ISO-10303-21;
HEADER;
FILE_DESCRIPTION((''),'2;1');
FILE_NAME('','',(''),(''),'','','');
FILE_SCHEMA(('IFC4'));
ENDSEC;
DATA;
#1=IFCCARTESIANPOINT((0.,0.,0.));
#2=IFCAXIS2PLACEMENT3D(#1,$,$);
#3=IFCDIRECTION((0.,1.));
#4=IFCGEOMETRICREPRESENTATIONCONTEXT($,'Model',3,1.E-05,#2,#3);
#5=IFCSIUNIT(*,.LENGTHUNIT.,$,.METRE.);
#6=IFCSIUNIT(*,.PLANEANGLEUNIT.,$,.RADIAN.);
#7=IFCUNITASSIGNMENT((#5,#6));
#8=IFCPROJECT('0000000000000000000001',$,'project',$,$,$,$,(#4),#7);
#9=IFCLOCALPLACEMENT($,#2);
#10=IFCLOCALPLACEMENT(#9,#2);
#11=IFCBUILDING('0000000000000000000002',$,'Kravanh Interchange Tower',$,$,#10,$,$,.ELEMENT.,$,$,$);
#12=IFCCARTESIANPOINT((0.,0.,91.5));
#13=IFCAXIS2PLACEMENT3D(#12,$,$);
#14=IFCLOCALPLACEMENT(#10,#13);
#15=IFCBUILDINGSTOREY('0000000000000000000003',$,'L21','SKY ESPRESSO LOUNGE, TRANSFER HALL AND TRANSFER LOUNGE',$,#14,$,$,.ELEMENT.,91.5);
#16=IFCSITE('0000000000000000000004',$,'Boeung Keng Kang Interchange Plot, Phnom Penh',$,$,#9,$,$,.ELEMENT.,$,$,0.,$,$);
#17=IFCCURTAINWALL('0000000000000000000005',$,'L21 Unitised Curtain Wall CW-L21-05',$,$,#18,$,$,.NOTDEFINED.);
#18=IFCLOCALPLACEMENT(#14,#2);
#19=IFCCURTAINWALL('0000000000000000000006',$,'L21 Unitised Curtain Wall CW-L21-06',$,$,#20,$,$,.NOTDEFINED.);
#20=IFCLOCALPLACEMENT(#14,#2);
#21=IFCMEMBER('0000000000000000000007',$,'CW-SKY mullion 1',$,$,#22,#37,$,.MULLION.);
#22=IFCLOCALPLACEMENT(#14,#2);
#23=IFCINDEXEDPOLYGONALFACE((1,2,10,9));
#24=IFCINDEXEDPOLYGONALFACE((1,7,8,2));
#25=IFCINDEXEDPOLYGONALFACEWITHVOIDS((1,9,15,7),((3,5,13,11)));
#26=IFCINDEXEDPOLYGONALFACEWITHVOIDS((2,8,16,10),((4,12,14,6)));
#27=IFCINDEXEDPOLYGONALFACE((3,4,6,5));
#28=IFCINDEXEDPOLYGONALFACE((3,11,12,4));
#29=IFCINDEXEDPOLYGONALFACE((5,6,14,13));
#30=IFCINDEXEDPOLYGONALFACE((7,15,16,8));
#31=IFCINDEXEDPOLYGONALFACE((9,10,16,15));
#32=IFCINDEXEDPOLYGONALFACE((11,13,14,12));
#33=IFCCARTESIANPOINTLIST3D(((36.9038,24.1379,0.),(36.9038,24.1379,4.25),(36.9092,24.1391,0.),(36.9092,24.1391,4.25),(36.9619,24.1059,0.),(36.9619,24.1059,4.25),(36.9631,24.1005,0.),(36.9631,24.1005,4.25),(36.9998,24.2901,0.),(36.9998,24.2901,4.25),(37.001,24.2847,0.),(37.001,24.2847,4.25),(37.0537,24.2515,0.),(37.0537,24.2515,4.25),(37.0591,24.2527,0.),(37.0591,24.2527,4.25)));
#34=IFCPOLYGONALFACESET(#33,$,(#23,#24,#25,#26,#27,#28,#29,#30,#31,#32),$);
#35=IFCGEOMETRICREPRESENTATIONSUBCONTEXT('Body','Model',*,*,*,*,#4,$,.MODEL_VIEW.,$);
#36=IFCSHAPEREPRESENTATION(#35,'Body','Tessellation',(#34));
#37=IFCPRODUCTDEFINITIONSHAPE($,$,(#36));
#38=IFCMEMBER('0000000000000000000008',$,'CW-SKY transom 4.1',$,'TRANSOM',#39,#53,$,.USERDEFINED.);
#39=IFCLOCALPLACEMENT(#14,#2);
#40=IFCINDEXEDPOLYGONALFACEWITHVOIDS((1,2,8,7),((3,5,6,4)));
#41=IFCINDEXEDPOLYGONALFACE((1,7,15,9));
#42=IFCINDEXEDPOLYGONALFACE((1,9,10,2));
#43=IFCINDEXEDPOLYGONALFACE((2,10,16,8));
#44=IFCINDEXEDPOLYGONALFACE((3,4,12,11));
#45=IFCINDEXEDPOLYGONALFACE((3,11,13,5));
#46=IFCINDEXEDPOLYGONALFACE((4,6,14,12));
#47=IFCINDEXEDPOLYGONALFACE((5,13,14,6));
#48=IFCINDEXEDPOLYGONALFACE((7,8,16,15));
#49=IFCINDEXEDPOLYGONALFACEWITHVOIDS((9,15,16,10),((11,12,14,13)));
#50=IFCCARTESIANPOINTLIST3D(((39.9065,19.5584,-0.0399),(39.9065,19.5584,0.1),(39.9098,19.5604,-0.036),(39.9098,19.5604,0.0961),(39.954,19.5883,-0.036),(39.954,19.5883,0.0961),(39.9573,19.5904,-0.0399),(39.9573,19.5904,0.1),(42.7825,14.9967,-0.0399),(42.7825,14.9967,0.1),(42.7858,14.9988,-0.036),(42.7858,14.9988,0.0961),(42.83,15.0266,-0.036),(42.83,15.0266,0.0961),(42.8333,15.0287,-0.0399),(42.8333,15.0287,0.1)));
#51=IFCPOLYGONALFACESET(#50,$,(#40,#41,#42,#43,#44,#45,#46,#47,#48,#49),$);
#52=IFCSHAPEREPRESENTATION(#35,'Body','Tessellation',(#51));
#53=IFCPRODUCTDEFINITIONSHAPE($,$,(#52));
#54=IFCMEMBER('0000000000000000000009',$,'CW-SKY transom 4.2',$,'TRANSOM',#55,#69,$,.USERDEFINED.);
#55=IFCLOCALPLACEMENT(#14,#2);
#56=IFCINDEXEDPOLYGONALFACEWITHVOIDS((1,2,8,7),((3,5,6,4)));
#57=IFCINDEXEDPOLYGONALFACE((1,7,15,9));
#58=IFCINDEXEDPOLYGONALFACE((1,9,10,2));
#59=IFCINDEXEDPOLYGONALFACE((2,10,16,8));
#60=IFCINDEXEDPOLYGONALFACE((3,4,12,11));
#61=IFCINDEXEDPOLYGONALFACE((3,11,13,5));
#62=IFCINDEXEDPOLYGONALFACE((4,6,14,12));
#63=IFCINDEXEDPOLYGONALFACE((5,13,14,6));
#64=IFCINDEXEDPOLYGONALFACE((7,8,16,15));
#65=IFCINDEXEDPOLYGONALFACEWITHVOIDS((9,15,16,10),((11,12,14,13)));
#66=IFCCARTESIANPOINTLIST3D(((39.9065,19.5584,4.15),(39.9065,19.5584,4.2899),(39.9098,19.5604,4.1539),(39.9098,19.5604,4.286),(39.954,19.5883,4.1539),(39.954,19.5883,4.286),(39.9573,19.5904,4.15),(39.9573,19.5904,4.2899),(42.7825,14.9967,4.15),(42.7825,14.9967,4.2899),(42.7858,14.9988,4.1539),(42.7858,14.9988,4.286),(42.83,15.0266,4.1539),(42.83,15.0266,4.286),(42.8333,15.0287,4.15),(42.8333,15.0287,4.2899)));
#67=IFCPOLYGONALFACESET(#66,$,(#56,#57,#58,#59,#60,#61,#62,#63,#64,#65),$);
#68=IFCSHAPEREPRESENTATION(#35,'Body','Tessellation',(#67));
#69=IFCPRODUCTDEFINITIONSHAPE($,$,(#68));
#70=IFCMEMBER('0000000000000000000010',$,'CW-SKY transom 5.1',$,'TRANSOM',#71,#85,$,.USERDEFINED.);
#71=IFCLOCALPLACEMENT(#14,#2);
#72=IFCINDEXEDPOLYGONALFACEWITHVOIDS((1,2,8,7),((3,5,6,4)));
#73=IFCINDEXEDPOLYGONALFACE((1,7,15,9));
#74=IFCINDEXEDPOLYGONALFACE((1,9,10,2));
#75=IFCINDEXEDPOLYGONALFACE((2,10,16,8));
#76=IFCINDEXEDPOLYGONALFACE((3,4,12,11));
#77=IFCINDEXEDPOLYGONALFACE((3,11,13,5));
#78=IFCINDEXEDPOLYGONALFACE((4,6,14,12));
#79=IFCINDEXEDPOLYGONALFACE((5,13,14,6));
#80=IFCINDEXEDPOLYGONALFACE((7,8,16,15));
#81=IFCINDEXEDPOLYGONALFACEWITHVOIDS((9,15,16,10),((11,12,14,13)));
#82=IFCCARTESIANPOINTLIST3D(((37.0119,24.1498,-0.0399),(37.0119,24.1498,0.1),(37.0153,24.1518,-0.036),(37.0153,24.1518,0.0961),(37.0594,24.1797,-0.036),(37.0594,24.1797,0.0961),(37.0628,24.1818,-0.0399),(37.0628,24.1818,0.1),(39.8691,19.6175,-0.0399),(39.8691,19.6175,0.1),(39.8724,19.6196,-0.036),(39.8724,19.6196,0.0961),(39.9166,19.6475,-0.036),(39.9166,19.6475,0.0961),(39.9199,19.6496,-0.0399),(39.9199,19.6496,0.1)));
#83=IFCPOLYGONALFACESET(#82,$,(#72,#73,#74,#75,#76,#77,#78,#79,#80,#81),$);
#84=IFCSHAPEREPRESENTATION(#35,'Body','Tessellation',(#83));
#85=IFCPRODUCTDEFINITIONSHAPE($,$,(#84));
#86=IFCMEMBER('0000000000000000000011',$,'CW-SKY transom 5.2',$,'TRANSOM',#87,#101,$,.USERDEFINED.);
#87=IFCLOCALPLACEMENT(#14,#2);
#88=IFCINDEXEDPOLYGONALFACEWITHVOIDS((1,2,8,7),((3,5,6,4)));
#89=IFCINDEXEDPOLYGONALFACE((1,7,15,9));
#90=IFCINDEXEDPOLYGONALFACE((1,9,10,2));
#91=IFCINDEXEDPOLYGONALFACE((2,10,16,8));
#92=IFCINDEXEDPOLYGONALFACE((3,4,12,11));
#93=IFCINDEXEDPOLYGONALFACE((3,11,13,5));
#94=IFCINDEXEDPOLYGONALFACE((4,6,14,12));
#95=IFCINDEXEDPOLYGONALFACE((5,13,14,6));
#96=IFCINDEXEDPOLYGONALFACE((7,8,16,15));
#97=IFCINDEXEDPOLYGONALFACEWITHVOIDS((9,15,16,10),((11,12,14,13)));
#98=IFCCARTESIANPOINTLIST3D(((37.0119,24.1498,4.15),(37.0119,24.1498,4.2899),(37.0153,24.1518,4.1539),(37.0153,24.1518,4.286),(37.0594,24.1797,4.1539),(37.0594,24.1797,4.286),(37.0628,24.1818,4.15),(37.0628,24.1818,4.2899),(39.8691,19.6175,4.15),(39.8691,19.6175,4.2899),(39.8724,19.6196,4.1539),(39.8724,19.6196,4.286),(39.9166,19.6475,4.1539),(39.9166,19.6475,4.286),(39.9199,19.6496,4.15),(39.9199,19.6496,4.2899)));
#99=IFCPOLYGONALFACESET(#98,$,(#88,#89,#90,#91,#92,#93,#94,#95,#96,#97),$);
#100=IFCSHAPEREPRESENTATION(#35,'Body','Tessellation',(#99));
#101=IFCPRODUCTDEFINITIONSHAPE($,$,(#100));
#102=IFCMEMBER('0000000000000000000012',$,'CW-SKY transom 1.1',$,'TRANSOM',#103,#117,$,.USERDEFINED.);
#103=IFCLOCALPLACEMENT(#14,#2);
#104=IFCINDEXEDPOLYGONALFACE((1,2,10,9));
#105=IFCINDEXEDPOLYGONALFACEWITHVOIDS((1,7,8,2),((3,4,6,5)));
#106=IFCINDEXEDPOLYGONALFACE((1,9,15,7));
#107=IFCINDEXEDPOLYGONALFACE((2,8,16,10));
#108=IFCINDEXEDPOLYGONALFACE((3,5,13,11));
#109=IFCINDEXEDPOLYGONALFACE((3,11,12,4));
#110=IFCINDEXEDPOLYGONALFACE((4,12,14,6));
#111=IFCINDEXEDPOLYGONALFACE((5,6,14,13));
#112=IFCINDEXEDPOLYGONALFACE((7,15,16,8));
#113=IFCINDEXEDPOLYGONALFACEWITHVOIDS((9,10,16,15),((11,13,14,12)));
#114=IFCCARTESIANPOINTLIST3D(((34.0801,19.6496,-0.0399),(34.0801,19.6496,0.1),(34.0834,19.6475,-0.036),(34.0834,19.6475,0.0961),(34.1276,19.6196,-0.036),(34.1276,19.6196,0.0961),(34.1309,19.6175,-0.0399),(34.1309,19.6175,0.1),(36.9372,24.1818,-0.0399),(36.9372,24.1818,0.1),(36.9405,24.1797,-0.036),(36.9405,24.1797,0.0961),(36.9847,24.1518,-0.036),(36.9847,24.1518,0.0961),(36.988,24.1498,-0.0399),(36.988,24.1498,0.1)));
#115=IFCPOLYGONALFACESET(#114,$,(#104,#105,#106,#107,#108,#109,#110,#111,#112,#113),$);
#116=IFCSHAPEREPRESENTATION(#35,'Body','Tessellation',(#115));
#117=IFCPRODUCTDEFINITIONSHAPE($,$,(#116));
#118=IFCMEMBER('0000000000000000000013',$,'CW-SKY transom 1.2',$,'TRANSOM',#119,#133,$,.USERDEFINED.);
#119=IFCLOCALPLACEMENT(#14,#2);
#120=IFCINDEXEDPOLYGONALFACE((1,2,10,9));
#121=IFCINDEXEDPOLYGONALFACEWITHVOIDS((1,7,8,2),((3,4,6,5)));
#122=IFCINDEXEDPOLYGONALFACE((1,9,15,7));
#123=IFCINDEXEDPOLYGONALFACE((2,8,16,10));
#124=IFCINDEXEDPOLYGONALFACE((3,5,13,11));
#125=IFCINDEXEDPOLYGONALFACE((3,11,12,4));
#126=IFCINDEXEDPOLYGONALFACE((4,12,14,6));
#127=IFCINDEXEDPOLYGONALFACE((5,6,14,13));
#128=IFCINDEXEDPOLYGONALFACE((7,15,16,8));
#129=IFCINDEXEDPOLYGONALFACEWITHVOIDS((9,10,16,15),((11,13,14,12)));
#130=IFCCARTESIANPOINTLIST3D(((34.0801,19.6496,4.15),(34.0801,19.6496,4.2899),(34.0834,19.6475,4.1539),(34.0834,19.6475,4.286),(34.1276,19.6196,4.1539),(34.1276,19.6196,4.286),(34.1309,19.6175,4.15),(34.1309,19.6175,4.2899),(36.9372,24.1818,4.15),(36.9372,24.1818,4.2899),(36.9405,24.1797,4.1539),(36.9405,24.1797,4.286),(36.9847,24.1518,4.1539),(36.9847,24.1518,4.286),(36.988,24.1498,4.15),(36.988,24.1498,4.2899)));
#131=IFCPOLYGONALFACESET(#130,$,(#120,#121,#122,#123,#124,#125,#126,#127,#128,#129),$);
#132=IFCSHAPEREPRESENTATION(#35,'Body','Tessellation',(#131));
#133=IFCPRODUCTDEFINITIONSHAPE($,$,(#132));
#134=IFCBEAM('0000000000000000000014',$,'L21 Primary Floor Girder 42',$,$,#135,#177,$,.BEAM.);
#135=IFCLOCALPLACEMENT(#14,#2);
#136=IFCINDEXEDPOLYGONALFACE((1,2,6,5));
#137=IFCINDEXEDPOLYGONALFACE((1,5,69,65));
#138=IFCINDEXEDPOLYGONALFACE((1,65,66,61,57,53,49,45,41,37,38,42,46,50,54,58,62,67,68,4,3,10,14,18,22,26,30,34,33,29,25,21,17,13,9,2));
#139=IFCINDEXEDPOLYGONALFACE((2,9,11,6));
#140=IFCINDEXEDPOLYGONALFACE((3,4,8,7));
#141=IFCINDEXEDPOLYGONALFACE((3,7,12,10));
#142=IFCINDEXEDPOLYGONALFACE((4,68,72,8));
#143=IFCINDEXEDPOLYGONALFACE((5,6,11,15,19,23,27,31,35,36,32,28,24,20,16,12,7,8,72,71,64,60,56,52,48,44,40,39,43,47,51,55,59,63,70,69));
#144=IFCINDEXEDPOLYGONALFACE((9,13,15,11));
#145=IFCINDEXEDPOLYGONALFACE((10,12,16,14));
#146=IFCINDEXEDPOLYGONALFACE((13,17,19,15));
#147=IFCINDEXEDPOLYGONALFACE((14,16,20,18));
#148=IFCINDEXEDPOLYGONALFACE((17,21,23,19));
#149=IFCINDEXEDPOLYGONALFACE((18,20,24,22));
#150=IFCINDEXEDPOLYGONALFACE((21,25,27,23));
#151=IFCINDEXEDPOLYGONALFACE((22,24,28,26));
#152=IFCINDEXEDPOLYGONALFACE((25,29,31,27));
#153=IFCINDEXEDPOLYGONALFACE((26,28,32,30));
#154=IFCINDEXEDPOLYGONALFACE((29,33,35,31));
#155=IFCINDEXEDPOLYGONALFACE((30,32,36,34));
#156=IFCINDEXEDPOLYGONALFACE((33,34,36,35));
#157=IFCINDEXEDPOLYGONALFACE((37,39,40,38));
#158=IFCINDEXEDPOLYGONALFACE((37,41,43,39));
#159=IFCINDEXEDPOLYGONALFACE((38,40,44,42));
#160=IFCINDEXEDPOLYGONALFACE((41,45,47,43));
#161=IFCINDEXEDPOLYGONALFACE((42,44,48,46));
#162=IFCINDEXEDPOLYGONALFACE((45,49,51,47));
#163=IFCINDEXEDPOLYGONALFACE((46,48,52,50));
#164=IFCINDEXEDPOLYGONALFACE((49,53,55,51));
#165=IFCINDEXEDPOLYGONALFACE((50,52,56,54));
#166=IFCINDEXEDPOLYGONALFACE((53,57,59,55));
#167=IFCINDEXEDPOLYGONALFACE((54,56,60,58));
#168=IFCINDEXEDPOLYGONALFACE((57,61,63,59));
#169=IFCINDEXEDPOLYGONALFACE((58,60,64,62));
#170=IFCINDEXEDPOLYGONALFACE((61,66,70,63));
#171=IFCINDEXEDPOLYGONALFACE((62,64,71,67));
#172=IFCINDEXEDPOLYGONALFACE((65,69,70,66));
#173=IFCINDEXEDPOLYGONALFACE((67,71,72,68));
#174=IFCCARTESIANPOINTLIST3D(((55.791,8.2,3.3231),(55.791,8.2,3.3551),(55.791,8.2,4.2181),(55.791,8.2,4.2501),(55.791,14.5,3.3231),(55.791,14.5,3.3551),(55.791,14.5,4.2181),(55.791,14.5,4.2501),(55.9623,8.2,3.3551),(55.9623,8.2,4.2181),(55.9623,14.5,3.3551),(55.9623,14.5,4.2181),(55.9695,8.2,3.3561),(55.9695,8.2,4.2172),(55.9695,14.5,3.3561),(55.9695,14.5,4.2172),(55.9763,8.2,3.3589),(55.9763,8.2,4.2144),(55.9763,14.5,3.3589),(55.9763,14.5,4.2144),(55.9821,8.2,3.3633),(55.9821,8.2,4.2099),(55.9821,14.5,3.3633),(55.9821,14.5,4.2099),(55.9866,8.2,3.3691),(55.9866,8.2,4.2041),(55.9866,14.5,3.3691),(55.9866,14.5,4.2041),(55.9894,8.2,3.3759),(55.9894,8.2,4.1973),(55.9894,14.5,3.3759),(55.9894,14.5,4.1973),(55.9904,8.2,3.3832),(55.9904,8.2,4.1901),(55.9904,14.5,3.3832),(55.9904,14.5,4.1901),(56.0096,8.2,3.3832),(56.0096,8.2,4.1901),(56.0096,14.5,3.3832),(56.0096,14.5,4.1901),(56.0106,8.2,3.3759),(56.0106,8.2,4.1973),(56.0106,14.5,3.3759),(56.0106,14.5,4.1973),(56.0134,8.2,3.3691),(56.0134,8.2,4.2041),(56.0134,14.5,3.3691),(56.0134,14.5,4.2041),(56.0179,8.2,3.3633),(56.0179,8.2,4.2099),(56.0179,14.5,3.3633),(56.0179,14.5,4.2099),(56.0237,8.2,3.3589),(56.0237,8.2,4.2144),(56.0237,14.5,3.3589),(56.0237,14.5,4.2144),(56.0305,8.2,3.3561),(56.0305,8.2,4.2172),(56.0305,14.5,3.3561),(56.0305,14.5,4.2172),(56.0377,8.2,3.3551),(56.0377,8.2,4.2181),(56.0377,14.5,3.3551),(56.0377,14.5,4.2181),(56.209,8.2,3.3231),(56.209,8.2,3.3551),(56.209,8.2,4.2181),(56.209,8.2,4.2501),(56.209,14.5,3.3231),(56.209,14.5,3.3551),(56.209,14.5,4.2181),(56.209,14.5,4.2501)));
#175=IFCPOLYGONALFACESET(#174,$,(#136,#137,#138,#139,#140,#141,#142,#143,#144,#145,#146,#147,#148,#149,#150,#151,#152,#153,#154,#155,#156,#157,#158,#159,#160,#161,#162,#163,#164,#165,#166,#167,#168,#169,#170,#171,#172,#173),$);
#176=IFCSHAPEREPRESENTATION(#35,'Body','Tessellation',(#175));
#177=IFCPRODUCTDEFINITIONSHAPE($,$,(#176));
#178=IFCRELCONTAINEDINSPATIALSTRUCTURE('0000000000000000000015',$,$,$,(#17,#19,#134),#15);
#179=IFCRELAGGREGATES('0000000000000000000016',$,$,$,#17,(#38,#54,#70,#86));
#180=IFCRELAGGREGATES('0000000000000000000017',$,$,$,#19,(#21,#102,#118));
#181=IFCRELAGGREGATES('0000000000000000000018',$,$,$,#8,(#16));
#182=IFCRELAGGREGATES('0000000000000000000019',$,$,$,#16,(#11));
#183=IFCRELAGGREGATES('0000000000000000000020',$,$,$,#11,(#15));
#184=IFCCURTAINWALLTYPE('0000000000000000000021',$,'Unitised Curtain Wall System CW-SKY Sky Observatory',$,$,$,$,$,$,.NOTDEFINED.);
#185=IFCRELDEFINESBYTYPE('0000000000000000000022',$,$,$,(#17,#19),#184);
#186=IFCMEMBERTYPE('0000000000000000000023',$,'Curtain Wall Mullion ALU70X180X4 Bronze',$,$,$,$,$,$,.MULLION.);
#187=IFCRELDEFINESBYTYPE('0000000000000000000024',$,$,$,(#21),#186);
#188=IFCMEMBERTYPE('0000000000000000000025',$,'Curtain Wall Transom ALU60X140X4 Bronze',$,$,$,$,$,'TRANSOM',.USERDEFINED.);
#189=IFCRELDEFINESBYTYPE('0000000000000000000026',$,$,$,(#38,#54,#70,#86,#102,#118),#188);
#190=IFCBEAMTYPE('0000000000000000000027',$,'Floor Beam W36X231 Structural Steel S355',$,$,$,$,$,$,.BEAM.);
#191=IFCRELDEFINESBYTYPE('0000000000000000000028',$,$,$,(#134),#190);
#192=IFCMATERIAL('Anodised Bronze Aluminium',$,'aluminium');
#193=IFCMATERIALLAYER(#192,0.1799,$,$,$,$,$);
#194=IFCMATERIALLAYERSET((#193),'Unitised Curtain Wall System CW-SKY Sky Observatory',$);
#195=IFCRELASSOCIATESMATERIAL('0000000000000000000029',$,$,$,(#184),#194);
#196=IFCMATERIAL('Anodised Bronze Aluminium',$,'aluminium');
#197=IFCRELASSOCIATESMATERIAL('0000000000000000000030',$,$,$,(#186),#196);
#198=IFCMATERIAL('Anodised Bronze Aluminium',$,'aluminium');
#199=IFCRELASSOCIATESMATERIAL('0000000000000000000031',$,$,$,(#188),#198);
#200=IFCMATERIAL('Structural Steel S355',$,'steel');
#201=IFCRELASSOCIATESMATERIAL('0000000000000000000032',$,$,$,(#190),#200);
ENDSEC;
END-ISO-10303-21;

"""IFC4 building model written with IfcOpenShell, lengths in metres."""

from ifc_helpers import new_model, si_unit, direction, frame, origin, origin_2d, place, context, subcontext, project, spatial, hollow_rectangle, i_section, extrude, material, layer, layer_set, material_profile, profile_set, type_object, element, aggregate, save


model = new_model("IFC4")

# Units and contexts
model_context = context("Model", 3, precision=1e-05, world=origin(), true_north=direction((0.0, 1.0)))
body_context = subcontext(model_context, "Body", "Model", "MODEL_VIEW")
ifc_project = project(units=[si_unit("LENGTHUNIT", "METRE"), si_unit("PLANEANGLEUNIT", "RADIAN")], contexts=[model_context])

# Site, building, storey
site_placement = place(None, origin())
site = spatial("IfcSite", under=ifc_project, at=site_placement, Name="Boeung Keng Kang Interchange Plot, Phnom Penh", CompositionType="ELEMENT", RefElevation=0.0)
building_placement = place(site_placement, origin())
building = spatial("IfcBuilding", under=site, at=building_placement, Name="Kravanh Interchange Tower", CompositionType="ELEMENT")
storey_placement = place(building_placement, frame((0.0, 0.0, 91.5)))
storey = spatial("IfcBuildingStorey", under=building, at=storey_placement, Name="L21", Description="SKY ESPRESSO LOUNGE, TRANSFER HALL AND TRANSFER LOUNGE", CompositionType="ELEMENT", Elevation=91.5)

# Curtain wall
ifc_material_1 = material(Name="Anodised Bronze Aluminium", Category="aluminium")
ifc_layer_1 = layer(ifc_material_1, 0.1799)
ifc_layer_set_1 = layer_set([ifc_layer_1], Name="Unitised Curtain Wall System CW-SKY Sky Observatory")
curtain_wall_type = type_object("IfcCurtainWallType", Name="Unitised Curtain Wall System CW-SKY Sky Observatory", PredefinedType="NOTDEFINED", material=ifc_layer_set_1)
curtain_wall_1_placement = place(storey_placement, origin())
curtain_wall_1 = element("IfcCurtainWall", 1, at=curtain_wall_1_placement, inside=storey, type_object=curtain_wall_type, Name="L21 Unitised Curtain Wall CW-L21-05", PredefinedType="NOTDEFINED")
ifc_material_2 = material(Name="Anodised Bronze Aluminium", Category="aluminium")
ifc_material_profile_1 = material_profile(ifc_material_2, hollow_rectangle(XDim=0.0701, YDim=0.1799, WallThickness=0.0039, at=origin_2d()), Name="ALU70X180X4")
ifc_profile_set_1 = profile_set([ifc_material_profile_1], Name="Anodised Bronze Aluminium")
member_type_1 = type_object("IfcMemberType", Name="Curtain Wall Mullion ALU70X180X4 Bronze", PredefinedType="MULLION", material=ifc_profile_set_1)

# Curtain wall, member
curtain_wall_2_placement = place(storey_placement, origin())
curtain_wall_2 = element("IfcCurtainWall", 2, at=curtain_wall_2_placement, inside=storey, type_object=curtain_wall_type, Name="L21 Unitised Curtain Wall CW-L21-06", PredefinedType="NOTDEFINED")
member_1_placement = place(storey_placement, frame((36.9814, 24.1953, 0.0), z_axis=(0.0, 0.0, 1.0), x_axis=(0.845926, -0.533301, 0.0)))
member_1 = element("IfcMember", 3, at=member_1_placement, type_object=member_type_1, Name="CW-SKY mullion 1", PredefinedType="MULLION", context=body_context, shape_type="SweptSolid", body=[
    extrude(hollow_rectangle(XDim=0.0701, YDim=0.1799, WallThickness=0.0039, at=origin_2d()), origin(), (0.0, 0.0, 1.0), 4.25),
])

# Members
ifc_material_3 = material(Name="Anodised Bronze Aluminium", Category="aluminium")
ifc_material_profile_2 = material_profile(ifc_material_3, hollow_rectangle(XDim=0.0601, YDim=0.1399, WallThickness=0.0039, at=origin_2d()), Name="ALU60X140X4")
ifc_profile_set_2 = profile_set([ifc_material_profile_2], Name="Anodised Bronze Aluminium")
member_type_2 = type_object("IfcMemberType", Name="Curtain Wall Transom ALU60X140X4 Bronze", ElementType="TRANSOM", PredefinedType="USERDEFINED", material=ifc_profile_set_2)
member_2_placement = place(storey_placement, frame((42.8079, 15.0127, 0.03), z_axis=(-0.533311, 0.845919, 0.0), x_axis=(-0.845919, -0.533311, 0.0)))
member_2 = element("IfcMember", 4, at=member_2_placement, type_object=member_type_2, Name="CW-SKY transom 4.1", ObjectType="TRANSOM", PredefinedType="USERDEFINED", context=body_context, shape_type="SweptSolid", body=[
    extrude(hollow_rectangle(XDim=0.0601, YDim=0.1399, WallThickness=0.0039, at=origin_2d()), origin(), (0.0, 0.0, 1.0), 5.3926),
])
member_3_placement = place(storey_placement, frame((42.8079, 15.0127, 4.22), z_axis=(-0.533311, 0.845919, 0.0), x_axis=(-0.845919, -0.533311, 0.0)))
member_3 = element("IfcMember", 5, at=member_3_placement, type_object=member_type_2, Name="CW-SKY transom 4.2", ObjectType="TRANSOM", PredefinedType="USERDEFINED", context=body_context, shape_type="SweptSolid", body=[
    extrude(hollow_rectangle(XDim=0.0601, YDim=0.1399, WallThickness=0.0039, at=origin_2d()), origin(), (0.0, 0.0, 1.0), 5.3926),
])
member_4_placement = place(storey_placement, frame((39.8945, 19.6335, 0.03), z_axis=(-0.533288, 0.845934, 0.0), x_axis=(-0.845934, -0.533288, 0.0)))
member_4 = element("IfcMember", 6, at=member_4_placement, type_object=member_type_2, Name="CW-SKY transom 5.1", ObjectType="TRANSOM", PredefinedType="USERDEFINED", context=body_context, shape_type="SweptSolid", body=[
    extrude(hollow_rectangle(XDim=0.0601, YDim=0.1399, WallThickness=0.0039, at=origin_2d()), origin(), (0.0, 0.0, 1.0), 5.3577),
])
member_5_placement = place(storey_placement, frame((39.8945, 19.6335, 4.22), z_axis=(-0.533288, 0.845934, 0.0), x_axis=(-0.845934, -0.533288, 0.0)))
member_5 = element("IfcMember", 7, at=member_5_placement, type_object=member_type_2, Name="CW-SKY transom 5.2", ObjectType="TRANSOM", PredefinedType="USERDEFINED", context=body_context, shape_type="SweptSolid", body=[
    extrude(hollow_rectangle(XDim=0.0601, YDim=0.1399, WallThickness=0.0039, at=origin_2d()), origin(), (0.0, 0.0, 1.0), 5.3577),
])
member_6_placement = place(storey_placement, frame((36.9626, 24.1658, 0.03), z_axis=(-0.533288, -0.845934, 0.0), x_axis=(0.845934, -0.533288, 0.0)))
member_6 = element("IfcMember", 8, at=member_6_placement, type_object=member_type_2, Name="CW-SKY transom 1.1", ObjectType="TRANSOM", PredefinedType="USERDEFINED", context=body_context, shape_type="SweptSolid", body=[
    extrude(hollow_rectangle(XDim=0.0601, YDim=0.1399, WallThickness=0.0039, at=origin_2d()), origin(), (0.0, 0.0, 1.0), 5.3577),
])
member_7_placement = place(storey_placement, frame((36.9626, 24.1658, 4.22), z_axis=(-0.533288, -0.845934, 0.0), x_axis=(0.845934, -0.533288, 0.0)))
member_7 = element("IfcMember", 9, at=member_7_placement, type_object=member_type_2, Name="CW-SKY transom 1.2", ObjectType="TRANSOM", PredefinedType="USERDEFINED", context=body_context, shape_type="SweptSolid", body=[
    extrude(hollow_rectangle(XDim=0.0601, YDim=0.1399, WallThickness=0.0039, at=origin_2d()), origin(), (0.0, 0.0, 1.0), 5.3577),
])

# Beam
ifc_material_4 = material(Name="Structural Steel S355", Category="steel")
ifc_material_profile_3 = material_profile(ifc_material_4, i_section(OverallWidth=0.418, OverallDepth=0.927, WebThickness=0.0193, FlangeThickness=0.032, FilletRadius=0.0281, at=origin_2d()), Name="W36X231")
ifc_profile_set_3 = profile_set([ifc_material_profile_3], Name="Structural Steel S355")
beam_type_1 = type_object("IfcBeamType", Name="Floor Beam W36X231 Structural Steel S355", PredefinedType="BEAM", material=ifc_profile_set_3)
beam_1_placement = place(storey_placement, frame((56.0, 14.5, 3.7866), z_axis=(0.0, -1.0, 0.0), x_axis=(1.0, 0.0, 0.0)))
element("IfcBeam", 10, at=beam_1_placement, inside=storey, type_object=beam_type_1, Name="L21 Primary Floor Girder 42", PredefinedType="BEAM", context=body_context, shape_type="SweptSolid", body=[
    extrude(i_section(OverallWidth=0.418, OverallDepth=0.927, WebThickness=0.0193, FlangeThickness=0.032, FilletRadius=0.0281, at=origin_2d()), origin(), (0.0, 0.0, 1.0), 6.3),
])

aggregate(curtain_wall_1, [member_2, member_3, member_4, member_5])
aggregate(curtain_wall_2, [member_1, member_6, member_7])

save(model, "model.ifc")
